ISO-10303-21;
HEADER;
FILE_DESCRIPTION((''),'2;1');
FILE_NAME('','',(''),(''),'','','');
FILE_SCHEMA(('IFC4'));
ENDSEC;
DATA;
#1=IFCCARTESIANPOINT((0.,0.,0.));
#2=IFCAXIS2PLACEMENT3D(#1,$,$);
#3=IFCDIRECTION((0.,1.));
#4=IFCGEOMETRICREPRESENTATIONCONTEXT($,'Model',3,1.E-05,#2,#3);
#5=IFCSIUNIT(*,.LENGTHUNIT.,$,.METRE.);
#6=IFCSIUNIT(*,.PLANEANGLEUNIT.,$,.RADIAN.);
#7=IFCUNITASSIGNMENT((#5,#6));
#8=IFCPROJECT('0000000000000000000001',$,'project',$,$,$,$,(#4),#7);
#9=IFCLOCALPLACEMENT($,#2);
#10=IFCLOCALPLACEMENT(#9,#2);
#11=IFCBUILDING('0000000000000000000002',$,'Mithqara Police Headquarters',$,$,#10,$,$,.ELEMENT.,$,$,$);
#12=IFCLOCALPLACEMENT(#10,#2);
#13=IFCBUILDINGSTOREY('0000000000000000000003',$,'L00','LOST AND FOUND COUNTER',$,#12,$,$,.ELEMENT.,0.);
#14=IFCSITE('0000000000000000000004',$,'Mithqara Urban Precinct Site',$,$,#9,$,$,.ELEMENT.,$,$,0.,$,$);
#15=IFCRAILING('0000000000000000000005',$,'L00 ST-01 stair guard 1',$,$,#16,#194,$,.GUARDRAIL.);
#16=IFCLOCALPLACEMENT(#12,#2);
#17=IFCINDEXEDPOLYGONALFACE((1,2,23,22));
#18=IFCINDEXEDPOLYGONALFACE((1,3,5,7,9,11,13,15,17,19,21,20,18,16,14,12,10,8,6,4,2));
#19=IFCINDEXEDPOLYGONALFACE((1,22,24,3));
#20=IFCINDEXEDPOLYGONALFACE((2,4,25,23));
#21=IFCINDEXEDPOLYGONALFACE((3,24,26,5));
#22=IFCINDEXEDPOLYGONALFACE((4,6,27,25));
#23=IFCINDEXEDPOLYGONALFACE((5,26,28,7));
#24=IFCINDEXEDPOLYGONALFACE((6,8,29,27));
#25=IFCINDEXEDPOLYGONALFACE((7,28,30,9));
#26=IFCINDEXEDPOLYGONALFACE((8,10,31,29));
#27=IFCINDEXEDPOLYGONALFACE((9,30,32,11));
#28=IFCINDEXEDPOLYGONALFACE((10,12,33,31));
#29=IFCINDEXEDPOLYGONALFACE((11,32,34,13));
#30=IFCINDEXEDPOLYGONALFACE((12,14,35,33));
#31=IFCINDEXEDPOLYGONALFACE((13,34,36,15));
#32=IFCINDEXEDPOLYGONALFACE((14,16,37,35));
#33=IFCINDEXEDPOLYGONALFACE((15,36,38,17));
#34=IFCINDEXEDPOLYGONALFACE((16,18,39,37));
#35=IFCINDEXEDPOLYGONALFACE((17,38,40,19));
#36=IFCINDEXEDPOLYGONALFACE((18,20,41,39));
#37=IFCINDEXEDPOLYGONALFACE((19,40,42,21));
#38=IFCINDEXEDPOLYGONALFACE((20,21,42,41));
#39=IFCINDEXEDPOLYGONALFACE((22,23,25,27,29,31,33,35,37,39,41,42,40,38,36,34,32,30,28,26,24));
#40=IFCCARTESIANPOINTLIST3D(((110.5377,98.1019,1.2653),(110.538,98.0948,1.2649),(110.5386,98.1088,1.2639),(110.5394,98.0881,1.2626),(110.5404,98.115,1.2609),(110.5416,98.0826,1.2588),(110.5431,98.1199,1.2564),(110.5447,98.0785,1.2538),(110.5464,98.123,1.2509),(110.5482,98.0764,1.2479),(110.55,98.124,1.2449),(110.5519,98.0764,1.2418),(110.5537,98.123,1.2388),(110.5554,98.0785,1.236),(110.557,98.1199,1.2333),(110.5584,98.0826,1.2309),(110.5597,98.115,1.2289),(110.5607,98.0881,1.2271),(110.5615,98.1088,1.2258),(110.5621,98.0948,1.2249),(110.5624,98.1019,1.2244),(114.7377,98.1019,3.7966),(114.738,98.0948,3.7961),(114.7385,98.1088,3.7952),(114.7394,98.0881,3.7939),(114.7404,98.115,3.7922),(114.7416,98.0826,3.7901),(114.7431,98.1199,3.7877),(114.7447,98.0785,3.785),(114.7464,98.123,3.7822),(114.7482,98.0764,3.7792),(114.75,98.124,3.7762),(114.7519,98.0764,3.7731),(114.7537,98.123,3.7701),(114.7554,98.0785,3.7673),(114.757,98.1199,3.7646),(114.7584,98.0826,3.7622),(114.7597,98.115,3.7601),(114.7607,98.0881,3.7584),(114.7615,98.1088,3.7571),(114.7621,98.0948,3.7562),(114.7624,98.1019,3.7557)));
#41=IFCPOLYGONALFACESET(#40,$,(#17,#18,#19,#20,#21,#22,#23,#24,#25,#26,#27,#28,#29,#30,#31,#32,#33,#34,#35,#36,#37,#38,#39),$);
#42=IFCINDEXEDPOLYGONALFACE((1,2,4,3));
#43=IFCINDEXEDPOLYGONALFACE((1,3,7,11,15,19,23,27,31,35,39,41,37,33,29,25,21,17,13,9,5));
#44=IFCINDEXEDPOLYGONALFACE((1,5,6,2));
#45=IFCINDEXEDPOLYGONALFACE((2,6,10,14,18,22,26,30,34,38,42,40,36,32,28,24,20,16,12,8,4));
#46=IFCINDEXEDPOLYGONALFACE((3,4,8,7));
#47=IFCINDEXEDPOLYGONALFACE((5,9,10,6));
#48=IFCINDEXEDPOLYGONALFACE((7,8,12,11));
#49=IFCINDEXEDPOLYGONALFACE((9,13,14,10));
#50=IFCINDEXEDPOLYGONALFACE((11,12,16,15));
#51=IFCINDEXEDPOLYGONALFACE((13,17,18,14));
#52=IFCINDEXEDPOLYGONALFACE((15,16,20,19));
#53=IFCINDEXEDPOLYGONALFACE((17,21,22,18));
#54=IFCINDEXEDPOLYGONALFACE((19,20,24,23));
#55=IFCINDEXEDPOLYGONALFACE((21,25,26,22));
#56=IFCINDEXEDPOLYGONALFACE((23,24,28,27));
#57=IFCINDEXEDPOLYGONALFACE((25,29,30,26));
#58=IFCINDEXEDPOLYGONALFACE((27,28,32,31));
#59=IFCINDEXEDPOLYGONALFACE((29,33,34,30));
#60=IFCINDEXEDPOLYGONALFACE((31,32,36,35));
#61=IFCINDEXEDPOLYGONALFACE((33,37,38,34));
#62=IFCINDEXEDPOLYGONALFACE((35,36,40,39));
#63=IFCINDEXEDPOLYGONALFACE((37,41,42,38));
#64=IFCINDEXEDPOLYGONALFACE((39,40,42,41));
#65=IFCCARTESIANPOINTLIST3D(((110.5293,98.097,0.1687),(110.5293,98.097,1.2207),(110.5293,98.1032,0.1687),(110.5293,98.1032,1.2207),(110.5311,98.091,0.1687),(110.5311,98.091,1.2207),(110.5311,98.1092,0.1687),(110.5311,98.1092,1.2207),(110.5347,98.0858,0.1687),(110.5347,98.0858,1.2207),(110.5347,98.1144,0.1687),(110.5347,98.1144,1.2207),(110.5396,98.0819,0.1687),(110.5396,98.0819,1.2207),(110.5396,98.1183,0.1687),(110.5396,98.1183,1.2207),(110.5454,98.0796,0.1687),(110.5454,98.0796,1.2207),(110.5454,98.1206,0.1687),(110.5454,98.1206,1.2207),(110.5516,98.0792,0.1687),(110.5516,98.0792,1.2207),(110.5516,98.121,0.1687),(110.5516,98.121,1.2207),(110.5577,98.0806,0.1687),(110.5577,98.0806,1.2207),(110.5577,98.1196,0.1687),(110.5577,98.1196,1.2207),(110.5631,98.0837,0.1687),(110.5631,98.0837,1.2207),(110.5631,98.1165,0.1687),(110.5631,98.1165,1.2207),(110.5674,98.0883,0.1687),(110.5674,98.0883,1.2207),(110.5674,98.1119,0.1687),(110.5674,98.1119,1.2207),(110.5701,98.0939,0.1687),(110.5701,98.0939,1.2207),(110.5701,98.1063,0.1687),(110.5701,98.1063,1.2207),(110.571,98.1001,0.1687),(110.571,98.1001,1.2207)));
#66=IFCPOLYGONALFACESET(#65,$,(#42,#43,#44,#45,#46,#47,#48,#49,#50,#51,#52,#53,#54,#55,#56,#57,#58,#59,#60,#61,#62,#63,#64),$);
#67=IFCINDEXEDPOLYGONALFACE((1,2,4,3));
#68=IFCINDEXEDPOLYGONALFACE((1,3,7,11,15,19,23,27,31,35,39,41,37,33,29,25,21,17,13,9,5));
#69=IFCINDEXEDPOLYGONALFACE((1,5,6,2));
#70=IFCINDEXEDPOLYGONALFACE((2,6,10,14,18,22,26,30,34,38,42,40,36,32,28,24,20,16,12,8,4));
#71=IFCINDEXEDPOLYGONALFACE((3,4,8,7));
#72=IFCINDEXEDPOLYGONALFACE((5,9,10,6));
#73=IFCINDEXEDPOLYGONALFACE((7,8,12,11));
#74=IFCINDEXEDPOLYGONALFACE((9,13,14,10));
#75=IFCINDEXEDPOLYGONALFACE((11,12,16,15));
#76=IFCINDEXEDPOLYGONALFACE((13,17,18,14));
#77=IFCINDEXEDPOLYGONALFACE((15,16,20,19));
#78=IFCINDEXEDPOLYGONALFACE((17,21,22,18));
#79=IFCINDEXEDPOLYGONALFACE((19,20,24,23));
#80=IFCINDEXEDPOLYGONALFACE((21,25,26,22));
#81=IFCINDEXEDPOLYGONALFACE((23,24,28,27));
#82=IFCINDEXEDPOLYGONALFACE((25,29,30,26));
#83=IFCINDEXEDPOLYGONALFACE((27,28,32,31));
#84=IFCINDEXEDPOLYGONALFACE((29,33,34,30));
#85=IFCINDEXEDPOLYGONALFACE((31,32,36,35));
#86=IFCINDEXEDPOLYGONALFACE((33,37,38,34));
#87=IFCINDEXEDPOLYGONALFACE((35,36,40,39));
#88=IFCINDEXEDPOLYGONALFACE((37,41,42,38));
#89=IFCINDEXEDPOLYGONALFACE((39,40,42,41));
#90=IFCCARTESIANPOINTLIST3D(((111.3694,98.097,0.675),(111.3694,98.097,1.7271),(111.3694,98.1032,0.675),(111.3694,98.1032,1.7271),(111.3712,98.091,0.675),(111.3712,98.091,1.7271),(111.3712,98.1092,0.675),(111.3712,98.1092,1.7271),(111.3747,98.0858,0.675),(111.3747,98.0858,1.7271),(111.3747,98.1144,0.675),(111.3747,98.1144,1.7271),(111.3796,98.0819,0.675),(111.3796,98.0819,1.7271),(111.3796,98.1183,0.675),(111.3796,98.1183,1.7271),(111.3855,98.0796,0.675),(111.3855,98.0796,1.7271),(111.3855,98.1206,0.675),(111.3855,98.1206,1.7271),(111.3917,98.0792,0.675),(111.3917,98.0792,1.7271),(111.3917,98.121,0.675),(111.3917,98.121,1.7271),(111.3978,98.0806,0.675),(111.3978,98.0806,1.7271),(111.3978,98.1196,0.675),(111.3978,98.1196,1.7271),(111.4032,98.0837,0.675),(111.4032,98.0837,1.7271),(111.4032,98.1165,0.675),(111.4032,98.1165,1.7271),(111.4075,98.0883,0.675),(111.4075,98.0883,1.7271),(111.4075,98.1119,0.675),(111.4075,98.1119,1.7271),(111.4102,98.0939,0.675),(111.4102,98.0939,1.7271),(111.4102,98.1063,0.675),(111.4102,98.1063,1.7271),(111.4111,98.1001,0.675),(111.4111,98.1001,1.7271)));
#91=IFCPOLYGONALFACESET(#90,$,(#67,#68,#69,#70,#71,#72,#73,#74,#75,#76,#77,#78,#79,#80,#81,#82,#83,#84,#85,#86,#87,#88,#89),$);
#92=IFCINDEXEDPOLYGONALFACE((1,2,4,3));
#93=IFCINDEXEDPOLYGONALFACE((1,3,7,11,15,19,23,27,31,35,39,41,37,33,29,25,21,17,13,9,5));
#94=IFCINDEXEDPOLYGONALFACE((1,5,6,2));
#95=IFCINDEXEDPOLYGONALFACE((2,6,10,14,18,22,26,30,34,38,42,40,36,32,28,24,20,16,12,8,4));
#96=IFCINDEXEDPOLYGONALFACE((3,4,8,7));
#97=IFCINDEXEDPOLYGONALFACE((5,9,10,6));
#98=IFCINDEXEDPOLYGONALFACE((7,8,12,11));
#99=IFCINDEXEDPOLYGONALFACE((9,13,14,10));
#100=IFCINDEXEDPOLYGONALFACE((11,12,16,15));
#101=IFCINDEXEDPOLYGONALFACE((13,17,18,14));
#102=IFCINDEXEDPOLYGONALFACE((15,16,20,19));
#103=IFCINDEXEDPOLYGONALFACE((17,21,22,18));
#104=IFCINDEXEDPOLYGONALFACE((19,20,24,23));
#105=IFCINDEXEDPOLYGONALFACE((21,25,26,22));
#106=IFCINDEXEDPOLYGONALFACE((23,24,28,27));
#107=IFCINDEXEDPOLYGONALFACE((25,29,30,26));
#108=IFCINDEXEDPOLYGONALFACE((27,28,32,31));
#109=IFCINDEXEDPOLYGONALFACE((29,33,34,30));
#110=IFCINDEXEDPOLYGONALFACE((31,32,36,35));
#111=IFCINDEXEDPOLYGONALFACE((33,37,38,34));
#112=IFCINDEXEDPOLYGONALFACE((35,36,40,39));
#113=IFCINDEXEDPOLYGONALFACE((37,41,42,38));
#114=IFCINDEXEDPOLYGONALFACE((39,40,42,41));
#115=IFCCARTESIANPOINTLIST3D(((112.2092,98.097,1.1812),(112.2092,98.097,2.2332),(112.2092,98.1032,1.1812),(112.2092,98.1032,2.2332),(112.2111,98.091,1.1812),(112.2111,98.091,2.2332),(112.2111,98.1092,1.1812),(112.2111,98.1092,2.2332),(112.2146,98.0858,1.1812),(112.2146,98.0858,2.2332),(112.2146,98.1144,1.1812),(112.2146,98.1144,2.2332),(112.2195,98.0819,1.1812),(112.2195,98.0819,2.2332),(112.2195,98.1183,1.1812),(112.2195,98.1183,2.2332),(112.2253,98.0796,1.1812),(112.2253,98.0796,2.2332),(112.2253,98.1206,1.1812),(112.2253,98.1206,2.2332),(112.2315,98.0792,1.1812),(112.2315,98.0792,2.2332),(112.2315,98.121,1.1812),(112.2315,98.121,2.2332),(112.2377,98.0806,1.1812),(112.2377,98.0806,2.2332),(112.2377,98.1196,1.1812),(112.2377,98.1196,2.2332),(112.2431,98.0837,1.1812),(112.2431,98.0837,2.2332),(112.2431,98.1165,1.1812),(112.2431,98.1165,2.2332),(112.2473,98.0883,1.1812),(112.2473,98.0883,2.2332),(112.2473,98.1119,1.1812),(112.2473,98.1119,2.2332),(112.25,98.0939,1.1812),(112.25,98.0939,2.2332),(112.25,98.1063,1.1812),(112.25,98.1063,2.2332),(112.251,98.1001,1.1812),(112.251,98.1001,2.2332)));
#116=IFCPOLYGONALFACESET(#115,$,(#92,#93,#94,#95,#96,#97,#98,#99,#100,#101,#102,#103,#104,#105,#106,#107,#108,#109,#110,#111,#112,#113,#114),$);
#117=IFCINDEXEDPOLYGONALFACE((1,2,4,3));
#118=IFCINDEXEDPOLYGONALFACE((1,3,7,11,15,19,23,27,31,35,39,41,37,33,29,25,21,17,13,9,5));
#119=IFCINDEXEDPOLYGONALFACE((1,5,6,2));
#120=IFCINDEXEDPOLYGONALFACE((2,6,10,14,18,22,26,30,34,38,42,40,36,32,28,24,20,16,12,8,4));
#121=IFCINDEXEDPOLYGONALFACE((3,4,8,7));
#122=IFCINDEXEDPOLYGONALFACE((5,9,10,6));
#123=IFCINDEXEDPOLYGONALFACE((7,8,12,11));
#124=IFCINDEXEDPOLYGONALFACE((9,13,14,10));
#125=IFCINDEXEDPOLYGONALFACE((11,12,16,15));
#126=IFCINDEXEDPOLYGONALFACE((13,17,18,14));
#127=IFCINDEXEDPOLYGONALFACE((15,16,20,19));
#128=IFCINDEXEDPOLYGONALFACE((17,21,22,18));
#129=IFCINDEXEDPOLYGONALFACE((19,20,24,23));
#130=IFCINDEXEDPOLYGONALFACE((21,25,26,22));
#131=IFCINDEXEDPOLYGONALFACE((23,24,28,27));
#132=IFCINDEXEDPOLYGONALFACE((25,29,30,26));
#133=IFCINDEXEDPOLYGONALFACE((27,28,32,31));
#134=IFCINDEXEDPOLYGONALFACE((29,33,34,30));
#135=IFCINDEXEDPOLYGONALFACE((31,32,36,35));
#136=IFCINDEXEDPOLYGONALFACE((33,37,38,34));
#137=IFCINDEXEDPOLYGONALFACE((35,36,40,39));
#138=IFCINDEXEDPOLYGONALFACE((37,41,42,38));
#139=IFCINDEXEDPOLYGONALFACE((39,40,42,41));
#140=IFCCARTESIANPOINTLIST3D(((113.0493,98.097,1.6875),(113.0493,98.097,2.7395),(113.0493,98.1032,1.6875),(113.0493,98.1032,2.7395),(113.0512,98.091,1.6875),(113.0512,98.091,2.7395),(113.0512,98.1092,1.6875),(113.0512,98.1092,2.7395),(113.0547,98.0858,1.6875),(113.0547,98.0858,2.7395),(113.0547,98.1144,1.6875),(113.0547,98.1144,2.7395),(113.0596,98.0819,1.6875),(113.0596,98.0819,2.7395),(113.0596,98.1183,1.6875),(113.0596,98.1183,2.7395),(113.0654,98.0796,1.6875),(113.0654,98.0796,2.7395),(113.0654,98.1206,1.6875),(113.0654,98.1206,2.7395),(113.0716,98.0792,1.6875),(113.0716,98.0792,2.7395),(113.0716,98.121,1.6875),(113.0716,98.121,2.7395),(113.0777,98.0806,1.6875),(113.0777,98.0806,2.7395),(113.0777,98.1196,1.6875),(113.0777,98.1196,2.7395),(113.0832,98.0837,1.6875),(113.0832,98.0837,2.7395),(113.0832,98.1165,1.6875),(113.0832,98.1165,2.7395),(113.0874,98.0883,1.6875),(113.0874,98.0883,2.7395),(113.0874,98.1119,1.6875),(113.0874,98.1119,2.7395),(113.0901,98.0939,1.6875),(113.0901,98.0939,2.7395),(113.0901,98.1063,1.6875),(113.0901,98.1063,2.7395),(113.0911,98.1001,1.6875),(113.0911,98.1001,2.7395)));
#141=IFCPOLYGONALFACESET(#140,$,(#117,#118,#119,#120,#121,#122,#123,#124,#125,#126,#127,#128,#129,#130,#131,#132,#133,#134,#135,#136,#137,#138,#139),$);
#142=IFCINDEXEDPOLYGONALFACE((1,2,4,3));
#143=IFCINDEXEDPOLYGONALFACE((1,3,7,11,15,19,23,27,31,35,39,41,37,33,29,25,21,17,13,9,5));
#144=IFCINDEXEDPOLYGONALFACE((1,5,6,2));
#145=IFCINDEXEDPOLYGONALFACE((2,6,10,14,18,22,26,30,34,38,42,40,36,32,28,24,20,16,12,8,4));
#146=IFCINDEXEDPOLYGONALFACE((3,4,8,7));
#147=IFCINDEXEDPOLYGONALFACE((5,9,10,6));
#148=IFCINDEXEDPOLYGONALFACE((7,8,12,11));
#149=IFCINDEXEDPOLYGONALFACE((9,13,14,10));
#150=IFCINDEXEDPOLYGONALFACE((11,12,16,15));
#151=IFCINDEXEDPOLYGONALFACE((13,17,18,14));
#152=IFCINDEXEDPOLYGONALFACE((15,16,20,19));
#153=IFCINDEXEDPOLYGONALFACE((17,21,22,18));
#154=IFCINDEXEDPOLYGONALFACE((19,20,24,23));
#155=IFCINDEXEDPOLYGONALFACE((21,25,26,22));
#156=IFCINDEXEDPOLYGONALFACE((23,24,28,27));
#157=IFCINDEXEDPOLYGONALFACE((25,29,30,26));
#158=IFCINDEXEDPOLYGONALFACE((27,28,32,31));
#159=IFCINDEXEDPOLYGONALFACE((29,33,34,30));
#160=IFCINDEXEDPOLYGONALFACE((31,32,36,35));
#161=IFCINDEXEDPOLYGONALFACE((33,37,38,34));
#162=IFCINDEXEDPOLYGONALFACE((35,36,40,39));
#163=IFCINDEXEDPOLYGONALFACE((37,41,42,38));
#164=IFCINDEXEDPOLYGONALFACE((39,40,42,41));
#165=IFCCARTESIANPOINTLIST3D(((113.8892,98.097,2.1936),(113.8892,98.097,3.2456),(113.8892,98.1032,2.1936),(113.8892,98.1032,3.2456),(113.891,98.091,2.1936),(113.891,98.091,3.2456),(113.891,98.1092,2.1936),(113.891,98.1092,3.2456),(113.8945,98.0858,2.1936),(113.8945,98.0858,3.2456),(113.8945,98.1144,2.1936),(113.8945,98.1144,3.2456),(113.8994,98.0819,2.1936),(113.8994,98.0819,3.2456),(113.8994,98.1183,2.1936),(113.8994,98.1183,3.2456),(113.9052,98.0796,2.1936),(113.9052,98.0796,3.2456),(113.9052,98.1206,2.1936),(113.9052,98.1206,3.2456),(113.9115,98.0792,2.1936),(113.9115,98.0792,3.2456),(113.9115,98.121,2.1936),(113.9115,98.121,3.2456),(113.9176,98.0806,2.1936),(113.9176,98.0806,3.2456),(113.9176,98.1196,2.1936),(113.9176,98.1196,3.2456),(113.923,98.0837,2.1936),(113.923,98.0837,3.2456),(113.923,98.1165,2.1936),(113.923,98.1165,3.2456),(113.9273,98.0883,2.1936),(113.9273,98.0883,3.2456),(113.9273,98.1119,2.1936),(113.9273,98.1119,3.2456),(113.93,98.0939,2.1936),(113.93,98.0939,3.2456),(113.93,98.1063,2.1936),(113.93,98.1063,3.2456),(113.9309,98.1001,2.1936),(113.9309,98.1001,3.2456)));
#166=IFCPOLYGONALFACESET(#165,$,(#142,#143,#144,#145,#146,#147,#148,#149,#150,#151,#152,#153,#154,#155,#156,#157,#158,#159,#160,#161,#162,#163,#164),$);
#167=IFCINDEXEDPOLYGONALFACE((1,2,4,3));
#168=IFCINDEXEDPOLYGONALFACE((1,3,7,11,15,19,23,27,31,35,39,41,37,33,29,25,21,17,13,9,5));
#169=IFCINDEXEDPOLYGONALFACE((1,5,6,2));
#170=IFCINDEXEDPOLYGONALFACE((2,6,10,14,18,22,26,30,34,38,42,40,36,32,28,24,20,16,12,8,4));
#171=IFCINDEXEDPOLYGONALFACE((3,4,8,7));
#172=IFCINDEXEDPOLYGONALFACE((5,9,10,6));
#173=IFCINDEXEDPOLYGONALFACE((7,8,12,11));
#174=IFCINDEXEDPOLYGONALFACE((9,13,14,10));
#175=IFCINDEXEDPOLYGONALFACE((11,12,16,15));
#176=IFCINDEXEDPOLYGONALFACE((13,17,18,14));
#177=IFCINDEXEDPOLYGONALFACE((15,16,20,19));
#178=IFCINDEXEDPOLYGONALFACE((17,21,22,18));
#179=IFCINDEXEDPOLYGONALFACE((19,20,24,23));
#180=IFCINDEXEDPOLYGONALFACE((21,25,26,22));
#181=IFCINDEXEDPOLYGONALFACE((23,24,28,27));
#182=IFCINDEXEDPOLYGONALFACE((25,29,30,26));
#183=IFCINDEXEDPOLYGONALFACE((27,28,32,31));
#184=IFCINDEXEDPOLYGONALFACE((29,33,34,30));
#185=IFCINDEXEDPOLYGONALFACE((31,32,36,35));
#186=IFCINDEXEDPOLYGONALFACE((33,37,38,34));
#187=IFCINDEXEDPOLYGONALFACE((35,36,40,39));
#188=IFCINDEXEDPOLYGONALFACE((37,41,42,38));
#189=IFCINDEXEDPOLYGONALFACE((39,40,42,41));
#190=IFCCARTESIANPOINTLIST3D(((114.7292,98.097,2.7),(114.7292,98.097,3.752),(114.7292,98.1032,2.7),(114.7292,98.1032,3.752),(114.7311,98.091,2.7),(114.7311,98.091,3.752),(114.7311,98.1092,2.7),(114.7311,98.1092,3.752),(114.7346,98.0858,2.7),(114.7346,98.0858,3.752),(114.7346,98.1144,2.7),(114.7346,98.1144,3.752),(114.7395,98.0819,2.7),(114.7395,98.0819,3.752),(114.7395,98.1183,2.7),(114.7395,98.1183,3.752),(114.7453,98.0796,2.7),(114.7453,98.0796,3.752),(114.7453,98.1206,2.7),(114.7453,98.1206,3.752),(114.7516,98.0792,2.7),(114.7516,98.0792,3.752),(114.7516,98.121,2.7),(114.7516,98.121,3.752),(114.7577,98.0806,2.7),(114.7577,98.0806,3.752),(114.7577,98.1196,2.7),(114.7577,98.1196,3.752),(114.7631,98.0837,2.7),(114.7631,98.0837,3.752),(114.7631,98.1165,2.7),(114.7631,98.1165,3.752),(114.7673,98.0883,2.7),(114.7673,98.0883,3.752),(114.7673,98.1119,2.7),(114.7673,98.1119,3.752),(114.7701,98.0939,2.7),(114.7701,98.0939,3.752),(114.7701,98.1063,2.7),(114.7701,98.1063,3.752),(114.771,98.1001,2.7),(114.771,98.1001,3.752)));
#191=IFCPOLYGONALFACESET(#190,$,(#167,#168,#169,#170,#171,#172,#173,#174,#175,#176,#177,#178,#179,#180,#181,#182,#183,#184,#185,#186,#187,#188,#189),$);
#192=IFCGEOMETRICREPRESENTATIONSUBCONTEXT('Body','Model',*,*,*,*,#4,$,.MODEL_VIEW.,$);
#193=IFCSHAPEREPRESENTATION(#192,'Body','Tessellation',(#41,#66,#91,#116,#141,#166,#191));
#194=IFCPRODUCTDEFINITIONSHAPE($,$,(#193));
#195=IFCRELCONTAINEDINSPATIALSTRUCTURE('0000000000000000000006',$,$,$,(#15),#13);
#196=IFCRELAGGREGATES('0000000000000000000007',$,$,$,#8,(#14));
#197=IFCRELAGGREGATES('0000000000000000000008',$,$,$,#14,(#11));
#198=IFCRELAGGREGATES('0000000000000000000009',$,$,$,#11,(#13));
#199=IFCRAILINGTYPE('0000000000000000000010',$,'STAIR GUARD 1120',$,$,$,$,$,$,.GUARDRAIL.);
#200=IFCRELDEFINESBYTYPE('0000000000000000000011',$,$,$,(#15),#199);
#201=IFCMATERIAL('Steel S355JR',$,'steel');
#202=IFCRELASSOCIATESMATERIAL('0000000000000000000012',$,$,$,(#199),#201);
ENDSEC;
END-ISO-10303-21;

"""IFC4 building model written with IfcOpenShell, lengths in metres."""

from ifc_helpers import new_model, si_unit, direction, frame, origin, origin_2d, place, context, subcontext, project, spatial, circle, extrude, material, type_object, element, save


model = new_model("IFC4")

# Units and contexts
model_context = context("Model", 3, precision=1e-05, world=origin(), true_north=direction((0.0, 1.0)))
body_context = subcontext(model_context, "Body", "Model", "MODEL_VIEW")
ifc_project = project(units=[si_unit("LENGTHUNIT", "METRE"), si_unit("PLANEANGLEUNIT", "RADIAN")], contexts=[model_context])

# Site, building, storey
site_placement = place(None, origin())
site = spatial("IfcSite", under=ifc_project, at=site_placement, Name="Mithqara Urban Precinct Site", CompositionType="ELEMENT", RefElevation=0.0)
building_placement = place(site_placement, origin())
building = spatial("IfcBuilding", under=site, at=building_placement, Name="Mithqara Police Headquarters", CompositionType="ELEMENT")
storey_placement = place(building_placement, origin())
storey = spatial("IfcBuildingStorey", under=building, at=storey_placement, Name="L00", Description="LOST AND FOUND COUNTER", CompositionType="ELEMENT", Elevation=0.0)

# Shared definitions
ifc_material_1 = material(Name="Steel S355JR", Category="steel")

# Railing
railing_type_1 = type_object("IfcRailingType", Name="STAIR GUARD 1120", PredefinedType="GUARDRAIL", material=ifc_material_1)
railing_1_placement = place(storey_placement, frame((110.55, 98.1001, 0.1687)))
element("IfcRailing", 1, at=railing_1_placement, inside=storey, type_object=railing_type_1, Name="L00 ST-01 stair guard 1", PredefinedType="GUARDRAIL", context=body_context, shape_type="SweptSolid", body=[
    extrude(circle(Radius=0.0239, at=origin_2d()), frame((0.0, 0.0, 1.0762), z_axis=(0.856476, 0.0, 0.516186), x_axis=(0.0, 1.0, 0.0)), (0.0, 0.0, 1.0), 4.9038),
    extrude(circle(Radius=0.021, at=origin_2d()), origin(), (0.0, 0.0, 1.0), 1.052),
    extrude(circle(Radius=0.021, at=origin_2d()), frame((0.8401, 0.0, 0.5063)), (0.0, 0.0, 1.0), 1.052),
    extrude(circle(Radius=0.021, at=origin_2d()), frame((1.6799, 0.0, 1.0125)), (0.0, 0.0, 1.0), 1.052),
    extrude(circle(Radius=0.021, at=origin_2d()), frame((2.52, 0.0, 1.5188)), (0.0, 0.0, 1.0), 1.052),
    extrude(circle(Radius=0.021, at=origin_2d()), frame((3.3599, 0.0, 2.0249)), (0.0, 0.0, 1.0), 1.052),
    extrude(circle(Radius=0.021, at=origin_2d()), frame((4.2, 0.0, 2.5312)), (0.0, 0.0, 1.0), 1.052),
])

save(model, "model.ifc")
